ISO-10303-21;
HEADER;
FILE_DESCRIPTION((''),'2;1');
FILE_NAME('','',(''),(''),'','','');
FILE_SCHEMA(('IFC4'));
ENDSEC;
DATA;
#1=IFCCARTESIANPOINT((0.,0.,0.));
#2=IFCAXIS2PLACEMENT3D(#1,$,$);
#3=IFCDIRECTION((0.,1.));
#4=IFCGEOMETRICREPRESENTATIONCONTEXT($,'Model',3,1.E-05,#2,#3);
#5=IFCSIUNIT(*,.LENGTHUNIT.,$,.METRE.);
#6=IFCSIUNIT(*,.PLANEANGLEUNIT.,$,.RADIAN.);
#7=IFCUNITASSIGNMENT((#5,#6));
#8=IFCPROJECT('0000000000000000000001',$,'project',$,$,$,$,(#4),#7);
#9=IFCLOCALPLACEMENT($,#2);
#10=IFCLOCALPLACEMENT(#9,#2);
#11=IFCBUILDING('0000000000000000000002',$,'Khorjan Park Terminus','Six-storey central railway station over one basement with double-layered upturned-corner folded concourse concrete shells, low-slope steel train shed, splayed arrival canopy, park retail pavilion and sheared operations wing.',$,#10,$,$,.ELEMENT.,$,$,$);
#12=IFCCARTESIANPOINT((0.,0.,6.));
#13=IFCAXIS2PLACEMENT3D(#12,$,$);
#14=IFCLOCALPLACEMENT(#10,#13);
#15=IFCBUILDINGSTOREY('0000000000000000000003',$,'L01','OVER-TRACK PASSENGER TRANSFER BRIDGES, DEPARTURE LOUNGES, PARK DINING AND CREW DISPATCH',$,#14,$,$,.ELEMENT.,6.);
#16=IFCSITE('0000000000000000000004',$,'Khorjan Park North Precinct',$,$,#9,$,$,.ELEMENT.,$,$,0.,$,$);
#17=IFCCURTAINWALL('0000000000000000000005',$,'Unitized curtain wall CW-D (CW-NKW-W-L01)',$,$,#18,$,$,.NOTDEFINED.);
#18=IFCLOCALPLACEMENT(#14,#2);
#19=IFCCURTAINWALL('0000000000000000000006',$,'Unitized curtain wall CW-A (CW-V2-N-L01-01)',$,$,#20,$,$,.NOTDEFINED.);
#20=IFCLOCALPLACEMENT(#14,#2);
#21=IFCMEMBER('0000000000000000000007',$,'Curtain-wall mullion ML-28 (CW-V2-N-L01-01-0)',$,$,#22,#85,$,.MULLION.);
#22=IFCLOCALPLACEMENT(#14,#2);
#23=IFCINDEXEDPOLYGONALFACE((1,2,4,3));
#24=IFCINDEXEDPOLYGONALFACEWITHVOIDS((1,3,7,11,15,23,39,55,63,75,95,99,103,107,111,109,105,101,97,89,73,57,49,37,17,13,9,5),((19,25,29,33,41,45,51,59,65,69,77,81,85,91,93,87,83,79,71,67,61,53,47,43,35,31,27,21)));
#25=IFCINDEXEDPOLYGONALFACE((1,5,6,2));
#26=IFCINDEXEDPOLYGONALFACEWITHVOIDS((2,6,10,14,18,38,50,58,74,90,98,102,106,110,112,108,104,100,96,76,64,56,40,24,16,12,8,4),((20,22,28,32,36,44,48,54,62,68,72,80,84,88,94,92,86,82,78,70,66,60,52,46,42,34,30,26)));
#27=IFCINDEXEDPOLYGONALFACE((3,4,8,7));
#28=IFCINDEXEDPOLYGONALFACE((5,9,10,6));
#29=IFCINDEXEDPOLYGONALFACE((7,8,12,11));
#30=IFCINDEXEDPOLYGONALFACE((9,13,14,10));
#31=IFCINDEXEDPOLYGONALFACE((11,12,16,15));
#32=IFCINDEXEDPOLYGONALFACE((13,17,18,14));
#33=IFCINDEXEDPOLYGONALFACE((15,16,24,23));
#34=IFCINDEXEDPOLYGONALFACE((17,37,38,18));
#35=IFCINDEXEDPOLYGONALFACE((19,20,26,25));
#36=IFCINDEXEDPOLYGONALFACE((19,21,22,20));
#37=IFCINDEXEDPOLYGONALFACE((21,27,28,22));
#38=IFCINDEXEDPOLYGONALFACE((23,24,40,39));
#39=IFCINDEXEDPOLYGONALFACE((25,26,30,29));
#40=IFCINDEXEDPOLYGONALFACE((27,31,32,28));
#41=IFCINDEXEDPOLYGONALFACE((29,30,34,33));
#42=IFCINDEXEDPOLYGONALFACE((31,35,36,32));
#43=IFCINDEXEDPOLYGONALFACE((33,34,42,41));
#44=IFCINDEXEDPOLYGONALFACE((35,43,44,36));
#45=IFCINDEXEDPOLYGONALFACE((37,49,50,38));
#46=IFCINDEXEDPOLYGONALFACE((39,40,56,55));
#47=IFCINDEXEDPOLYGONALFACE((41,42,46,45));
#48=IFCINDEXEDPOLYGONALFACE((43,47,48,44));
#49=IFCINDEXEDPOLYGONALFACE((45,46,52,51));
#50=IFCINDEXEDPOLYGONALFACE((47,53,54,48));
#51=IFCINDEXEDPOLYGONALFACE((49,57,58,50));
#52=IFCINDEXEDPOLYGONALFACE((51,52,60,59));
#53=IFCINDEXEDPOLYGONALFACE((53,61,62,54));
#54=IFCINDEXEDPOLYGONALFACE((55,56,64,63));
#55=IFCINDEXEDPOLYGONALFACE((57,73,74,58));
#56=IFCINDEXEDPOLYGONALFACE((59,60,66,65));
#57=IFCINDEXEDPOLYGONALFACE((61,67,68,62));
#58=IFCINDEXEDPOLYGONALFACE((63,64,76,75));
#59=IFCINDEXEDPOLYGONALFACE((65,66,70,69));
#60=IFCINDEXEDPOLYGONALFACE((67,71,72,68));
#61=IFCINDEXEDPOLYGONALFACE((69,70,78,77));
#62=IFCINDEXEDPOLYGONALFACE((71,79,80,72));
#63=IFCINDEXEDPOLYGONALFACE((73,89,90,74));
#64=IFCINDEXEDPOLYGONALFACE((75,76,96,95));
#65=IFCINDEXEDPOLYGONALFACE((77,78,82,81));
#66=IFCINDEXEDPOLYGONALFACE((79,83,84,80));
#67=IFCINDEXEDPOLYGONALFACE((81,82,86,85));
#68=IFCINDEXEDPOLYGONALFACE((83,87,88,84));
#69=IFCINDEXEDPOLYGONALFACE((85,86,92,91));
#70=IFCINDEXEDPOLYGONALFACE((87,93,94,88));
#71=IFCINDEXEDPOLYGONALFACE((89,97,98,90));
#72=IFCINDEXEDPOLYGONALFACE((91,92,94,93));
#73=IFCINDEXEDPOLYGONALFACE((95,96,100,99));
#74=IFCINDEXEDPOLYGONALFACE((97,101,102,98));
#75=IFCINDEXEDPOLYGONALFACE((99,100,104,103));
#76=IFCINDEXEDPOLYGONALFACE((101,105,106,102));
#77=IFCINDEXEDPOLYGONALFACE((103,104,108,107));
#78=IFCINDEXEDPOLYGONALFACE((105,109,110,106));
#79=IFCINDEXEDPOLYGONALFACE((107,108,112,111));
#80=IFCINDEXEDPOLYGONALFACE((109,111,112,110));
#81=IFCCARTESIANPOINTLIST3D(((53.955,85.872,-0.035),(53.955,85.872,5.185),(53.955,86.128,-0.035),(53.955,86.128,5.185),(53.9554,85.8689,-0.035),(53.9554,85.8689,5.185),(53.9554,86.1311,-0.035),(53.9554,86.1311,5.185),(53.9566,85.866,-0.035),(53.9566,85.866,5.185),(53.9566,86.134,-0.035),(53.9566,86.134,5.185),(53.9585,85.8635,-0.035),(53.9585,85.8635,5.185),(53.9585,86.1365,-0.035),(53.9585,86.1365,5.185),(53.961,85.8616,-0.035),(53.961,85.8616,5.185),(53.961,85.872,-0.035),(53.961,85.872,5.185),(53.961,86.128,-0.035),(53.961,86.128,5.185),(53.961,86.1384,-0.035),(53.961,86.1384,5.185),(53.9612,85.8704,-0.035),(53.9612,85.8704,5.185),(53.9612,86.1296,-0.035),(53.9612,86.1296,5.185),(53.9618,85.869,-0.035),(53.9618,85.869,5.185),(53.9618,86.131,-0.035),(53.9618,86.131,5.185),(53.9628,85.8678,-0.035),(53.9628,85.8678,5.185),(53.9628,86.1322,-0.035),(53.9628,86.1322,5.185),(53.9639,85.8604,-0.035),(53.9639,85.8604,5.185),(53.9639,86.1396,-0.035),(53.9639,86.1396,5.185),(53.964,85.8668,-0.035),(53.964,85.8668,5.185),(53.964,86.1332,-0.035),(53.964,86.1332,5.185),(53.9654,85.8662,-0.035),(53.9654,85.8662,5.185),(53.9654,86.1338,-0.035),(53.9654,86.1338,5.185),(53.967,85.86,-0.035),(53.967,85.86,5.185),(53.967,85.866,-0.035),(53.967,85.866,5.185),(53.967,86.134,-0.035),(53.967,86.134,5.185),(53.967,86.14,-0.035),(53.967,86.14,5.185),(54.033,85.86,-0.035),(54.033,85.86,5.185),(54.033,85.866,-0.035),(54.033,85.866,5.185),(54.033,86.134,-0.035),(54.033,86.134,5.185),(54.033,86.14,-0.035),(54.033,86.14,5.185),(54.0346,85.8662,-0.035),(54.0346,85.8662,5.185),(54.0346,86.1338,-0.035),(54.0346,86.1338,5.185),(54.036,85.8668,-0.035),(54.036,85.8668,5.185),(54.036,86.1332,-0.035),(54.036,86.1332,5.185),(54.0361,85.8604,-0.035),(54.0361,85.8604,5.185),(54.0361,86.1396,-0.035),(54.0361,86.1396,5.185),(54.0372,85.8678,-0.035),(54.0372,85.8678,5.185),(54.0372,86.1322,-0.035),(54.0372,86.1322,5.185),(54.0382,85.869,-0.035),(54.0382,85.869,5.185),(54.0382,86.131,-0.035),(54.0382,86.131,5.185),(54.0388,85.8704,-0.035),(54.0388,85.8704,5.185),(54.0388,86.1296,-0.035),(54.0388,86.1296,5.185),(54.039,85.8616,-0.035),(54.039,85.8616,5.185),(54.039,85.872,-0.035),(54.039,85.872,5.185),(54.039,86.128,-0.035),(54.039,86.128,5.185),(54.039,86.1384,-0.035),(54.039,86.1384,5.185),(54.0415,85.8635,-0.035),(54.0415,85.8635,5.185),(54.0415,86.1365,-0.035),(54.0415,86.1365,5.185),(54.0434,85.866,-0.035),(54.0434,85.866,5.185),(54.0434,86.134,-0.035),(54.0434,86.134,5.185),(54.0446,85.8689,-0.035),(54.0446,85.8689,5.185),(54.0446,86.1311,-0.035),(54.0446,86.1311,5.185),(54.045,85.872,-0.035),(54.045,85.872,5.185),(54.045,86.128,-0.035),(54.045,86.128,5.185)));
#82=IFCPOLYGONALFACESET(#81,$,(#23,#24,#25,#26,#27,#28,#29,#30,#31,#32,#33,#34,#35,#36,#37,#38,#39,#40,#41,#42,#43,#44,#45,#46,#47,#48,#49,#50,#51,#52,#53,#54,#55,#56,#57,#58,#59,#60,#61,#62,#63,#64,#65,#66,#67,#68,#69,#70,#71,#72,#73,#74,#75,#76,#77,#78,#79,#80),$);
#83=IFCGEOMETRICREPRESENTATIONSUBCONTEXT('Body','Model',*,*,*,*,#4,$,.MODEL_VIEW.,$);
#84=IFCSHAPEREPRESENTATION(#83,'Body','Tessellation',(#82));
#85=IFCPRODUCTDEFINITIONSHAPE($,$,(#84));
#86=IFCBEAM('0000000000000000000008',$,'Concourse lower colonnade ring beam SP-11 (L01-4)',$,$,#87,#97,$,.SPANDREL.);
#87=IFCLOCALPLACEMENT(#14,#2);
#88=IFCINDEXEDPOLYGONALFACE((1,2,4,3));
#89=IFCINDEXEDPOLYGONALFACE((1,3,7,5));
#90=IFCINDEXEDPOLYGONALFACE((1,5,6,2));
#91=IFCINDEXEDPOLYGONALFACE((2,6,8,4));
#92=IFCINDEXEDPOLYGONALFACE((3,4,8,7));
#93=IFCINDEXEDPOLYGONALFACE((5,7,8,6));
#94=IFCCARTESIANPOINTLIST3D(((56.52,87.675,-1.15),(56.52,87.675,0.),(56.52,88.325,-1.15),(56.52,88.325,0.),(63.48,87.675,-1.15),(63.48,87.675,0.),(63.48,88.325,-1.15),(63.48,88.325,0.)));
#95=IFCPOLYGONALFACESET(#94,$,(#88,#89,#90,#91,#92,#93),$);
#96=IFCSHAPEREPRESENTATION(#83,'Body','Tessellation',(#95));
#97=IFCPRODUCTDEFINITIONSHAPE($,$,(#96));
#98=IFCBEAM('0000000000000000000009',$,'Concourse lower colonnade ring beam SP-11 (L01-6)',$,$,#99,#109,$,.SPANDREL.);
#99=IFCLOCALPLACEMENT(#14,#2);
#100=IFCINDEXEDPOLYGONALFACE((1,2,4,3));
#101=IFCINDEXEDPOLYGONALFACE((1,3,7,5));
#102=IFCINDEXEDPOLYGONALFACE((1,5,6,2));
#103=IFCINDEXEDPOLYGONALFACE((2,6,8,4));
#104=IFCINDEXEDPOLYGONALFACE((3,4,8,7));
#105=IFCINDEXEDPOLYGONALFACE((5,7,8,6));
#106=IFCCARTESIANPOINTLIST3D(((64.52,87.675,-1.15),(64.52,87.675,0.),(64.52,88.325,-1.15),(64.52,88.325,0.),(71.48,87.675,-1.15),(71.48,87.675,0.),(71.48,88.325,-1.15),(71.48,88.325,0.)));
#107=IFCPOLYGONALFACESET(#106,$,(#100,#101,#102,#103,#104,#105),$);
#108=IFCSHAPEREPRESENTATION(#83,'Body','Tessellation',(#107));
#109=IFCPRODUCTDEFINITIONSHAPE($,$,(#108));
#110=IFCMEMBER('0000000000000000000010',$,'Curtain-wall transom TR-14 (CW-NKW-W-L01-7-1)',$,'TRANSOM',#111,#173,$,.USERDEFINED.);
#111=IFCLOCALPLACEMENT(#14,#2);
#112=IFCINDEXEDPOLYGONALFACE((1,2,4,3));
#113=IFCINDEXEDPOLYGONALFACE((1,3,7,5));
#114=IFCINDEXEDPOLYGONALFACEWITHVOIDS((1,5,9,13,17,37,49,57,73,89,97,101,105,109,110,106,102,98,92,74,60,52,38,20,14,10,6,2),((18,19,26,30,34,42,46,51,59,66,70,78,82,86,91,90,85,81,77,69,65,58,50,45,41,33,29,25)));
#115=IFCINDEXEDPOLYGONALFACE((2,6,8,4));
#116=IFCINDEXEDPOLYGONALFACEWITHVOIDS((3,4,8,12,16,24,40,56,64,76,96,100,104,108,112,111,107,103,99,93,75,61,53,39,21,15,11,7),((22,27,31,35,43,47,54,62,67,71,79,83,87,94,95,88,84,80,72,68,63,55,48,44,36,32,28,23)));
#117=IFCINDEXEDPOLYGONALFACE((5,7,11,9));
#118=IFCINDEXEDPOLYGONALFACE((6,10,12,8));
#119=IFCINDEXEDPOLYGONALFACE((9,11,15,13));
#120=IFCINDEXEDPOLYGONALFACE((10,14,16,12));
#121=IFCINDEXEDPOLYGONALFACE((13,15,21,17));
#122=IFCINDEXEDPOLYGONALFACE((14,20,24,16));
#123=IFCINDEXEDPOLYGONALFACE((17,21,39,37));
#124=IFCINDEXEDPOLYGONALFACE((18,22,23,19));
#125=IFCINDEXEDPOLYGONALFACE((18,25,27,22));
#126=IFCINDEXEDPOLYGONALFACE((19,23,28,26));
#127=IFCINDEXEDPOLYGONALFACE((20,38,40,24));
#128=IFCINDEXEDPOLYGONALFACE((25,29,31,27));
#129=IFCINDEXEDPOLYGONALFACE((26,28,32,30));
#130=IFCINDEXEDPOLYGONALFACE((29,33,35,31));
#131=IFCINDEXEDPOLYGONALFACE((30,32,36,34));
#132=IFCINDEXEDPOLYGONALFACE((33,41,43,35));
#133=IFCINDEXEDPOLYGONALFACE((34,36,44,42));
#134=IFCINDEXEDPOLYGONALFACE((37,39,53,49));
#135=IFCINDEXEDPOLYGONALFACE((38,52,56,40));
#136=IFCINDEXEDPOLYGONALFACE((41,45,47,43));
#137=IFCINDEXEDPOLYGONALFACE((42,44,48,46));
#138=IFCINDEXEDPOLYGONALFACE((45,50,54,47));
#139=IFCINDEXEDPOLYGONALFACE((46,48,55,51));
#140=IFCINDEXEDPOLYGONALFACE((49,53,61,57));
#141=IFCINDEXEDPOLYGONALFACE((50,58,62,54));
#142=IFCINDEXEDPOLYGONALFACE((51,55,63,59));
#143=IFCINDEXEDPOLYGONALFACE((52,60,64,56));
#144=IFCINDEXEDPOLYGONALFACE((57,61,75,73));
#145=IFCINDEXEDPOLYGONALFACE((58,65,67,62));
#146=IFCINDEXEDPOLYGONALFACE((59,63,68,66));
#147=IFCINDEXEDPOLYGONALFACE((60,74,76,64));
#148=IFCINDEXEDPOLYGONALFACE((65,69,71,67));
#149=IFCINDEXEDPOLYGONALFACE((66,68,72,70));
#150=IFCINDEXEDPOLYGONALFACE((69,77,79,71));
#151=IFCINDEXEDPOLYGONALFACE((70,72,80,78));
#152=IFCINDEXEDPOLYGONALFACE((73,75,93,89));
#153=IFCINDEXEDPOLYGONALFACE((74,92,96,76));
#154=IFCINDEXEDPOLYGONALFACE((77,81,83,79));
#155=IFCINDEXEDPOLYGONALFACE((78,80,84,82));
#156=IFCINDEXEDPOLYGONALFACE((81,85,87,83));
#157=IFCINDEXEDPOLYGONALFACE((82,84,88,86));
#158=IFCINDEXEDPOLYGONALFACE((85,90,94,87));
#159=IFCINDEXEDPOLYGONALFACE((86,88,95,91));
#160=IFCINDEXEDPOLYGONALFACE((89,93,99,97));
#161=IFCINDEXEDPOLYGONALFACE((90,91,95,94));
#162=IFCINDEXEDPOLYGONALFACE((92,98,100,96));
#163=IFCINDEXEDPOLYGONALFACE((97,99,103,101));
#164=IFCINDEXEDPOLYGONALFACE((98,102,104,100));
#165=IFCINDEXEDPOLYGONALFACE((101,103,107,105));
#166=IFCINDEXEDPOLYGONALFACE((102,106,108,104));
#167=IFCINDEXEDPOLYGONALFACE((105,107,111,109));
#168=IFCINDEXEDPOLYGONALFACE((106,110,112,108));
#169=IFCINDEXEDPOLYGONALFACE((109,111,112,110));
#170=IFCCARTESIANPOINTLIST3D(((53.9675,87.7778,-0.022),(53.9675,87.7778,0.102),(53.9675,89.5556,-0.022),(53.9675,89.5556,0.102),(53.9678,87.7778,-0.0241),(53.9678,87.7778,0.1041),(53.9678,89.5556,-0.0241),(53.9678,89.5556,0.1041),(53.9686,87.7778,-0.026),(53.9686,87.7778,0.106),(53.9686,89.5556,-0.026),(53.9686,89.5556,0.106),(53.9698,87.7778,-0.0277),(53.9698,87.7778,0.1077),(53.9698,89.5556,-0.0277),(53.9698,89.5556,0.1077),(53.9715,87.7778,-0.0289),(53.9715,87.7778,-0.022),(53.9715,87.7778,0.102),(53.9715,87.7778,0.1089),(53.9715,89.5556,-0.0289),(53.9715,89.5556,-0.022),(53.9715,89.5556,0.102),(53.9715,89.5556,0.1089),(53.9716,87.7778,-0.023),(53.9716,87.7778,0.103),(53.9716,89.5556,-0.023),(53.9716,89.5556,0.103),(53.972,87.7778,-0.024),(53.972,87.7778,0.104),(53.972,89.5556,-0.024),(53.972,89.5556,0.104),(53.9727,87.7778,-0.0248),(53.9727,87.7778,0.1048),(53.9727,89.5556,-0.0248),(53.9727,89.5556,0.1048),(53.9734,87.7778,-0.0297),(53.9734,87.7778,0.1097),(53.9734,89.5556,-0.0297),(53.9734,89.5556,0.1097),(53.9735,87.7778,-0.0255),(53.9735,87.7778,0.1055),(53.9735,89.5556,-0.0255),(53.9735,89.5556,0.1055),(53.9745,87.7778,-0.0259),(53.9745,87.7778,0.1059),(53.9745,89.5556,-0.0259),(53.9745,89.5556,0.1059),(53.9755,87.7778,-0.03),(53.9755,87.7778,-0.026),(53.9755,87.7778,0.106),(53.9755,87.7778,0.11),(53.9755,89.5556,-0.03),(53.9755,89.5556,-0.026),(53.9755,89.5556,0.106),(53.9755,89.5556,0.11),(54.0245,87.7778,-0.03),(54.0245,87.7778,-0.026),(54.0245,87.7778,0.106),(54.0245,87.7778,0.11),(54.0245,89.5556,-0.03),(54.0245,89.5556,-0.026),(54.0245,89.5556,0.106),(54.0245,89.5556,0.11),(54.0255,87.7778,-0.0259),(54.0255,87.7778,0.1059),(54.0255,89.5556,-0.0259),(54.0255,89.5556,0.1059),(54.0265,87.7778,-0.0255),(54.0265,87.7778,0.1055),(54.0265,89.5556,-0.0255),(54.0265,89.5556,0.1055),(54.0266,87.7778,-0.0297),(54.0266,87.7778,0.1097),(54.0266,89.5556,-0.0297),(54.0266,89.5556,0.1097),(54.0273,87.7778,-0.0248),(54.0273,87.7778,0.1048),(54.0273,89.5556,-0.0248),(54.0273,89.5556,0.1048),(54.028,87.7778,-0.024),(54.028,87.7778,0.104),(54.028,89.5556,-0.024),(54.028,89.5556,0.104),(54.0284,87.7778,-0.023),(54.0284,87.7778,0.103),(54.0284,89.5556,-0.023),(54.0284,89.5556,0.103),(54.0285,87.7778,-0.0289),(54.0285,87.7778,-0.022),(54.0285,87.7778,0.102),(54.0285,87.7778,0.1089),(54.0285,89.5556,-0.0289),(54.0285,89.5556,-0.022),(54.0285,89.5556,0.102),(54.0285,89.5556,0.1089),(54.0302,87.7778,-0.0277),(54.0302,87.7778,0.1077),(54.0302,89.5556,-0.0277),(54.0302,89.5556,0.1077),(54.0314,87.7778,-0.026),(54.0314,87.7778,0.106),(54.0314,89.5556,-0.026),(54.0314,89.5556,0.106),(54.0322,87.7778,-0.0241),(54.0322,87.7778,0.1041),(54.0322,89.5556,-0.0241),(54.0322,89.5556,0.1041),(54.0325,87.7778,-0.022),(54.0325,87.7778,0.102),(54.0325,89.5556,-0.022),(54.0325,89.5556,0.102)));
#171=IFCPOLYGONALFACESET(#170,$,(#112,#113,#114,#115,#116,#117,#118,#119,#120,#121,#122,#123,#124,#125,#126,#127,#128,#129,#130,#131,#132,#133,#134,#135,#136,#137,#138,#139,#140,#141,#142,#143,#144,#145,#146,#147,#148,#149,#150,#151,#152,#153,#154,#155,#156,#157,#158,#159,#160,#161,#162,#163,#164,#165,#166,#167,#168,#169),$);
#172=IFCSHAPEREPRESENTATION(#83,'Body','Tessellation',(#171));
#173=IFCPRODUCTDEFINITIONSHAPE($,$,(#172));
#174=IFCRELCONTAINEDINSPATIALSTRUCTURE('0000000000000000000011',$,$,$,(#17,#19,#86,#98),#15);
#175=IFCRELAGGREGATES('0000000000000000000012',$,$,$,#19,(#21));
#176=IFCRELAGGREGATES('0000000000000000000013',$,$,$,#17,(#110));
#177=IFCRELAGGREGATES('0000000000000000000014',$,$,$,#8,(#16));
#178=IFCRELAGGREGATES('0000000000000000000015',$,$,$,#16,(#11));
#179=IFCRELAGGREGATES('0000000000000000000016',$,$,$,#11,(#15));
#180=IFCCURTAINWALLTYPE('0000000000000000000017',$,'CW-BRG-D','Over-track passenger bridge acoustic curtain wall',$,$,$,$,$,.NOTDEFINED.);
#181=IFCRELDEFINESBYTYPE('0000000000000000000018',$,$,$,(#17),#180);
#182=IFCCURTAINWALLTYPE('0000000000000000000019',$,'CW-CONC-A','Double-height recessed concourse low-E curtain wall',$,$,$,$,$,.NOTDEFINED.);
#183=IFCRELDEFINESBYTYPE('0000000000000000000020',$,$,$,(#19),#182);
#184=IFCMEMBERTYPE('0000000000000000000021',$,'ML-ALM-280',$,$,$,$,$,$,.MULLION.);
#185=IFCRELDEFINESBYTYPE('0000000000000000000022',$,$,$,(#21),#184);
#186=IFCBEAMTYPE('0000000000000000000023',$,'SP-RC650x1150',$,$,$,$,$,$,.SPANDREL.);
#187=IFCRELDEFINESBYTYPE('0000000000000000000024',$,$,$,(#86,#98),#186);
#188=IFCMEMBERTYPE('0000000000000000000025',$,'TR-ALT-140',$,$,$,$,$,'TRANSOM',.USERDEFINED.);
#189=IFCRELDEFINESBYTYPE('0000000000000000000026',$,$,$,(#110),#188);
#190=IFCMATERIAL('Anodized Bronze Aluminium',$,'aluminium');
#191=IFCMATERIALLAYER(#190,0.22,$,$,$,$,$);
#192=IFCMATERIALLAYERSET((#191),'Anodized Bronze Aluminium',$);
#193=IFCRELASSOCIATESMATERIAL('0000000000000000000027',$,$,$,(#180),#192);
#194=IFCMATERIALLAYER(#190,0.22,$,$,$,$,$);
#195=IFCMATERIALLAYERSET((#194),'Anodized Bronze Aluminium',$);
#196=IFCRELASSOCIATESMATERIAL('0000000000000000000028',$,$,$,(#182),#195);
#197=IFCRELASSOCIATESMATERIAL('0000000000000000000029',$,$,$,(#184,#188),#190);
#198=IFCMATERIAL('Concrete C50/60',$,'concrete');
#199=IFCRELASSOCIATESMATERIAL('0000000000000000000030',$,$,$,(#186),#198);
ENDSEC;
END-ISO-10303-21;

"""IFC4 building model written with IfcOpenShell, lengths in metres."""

from ifc_helpers import new_model, si_unit, direction, frame, origin, origin_2d, place, context, subcontext, project, spatial, rectangle, hollow_rectangle, extrude, material, layer, layer_set, material_profile, profile_set, type_object, element, aggregate, save


model = new_model("IFC4")

# Units and contexts
model_context = context("Model", 3, precision=1e-05, world=origin(), true_north=direction((0.0, 1.0)))
body_context = subcontext(model_context, "Body", "Model", "MODEL_VIEW")
ifc_project = project(units=[si_unit("LENGTHUNIT", "METRE"), si_unit("PLANEANGLEUNIT", "RADIAN")], contexts=[model_context])

# Site, building, storey
site_placement = place(None, origin())
site = spatial("IfcSite", under=ifc_project, at=site_placement, Name="Khorjan Park North Precinct", CompositionType="ELEMENT", RefElevation=0.0)
building_placement = place(site_placement, origin())
building = spatial("IfcBuilding", under=site, at=building_placement, Name="Khorjan Park Terminus", Description="Six-storey central railway station over one basement with double-layered upturned-corner folded concourse concrete shells, low-slope steel train shed, splayed arrival canopy, park retail pavilion and sheared operations wing.", CompositionType="ELEMENT")
storey_placement = place(building_placement, frame((0.0, 0.0, 6.0)))
storey = spatial("IfcBuildingStorey", under=building, at=storey_placement, Name="L01", Description="OVER-TRACK PASSENGER TRANSFER BRIDGES, DEPARTURE LOUNGES, PARK DINING AND CREW DISPATCH", CompositionType="ELEMENT", Elevation=6.0)

# Shared definitions
ifc_material_1 = material(Name="Concrete C50/60", Category="concrete")

# Curtain wall
ifc_material_2 = material(Name="Anodized Bronze Aluminium", Category="aluminium")
ifc_layer_1 = layer(ifc_material_2, 0.22)
ifc_layer_set_1 = layer_set([ifc_layer_1], Name="Anodized Bronze Aluminium")
curtain_wall_type_1 = type_object("IfcCurtainWallType", Name="CW-BRG-D", Description="Over-track passenger bridge acoustic curtain wall", PredefinedType="NOTDEFINED", material=ifc_layer_set_1)
curtain_wall_1_placement = place(storey_placement, origin())
curtain_wall_1 = element("IfcCurtainWall", 1, at=curtain_wall_1_placement, inside=storey, type_object=curtain_wall_type_1, Name="Unitized curtain wall CW-D (CW-NKW-W-L01)", PredefinedType="NOTDEFINED")

# Curtain wall, member
ifc_layer_2 = layer(ifc_material_2, 0.22)
ifc_layer_set_2 = layer_set([ifc_layer_2], Name="Anodized Bronze Aluminium")
curtain_wall_type_2 = type_object("IfcCurtainWallType", Name="CW-CONC-A", Description="Double-height recessed concourse low-E curtain wall", PredefinedType="NOTDEFINED", material=ifc_layer_set_2)
curtain_wall_2_placement = place(storey_placement, origin())
curtain_wall_2 = element("IfcCurtainWall", 2, at=curtain_wall_2_placement, inside=storey, type_object=curtain_wall_type_2, Name="Unitized curtain wall CW-A (CW-V2-N-L01-01)", PredefinedType="NOTDEFINED")
ifc_material_profile_1 = material_profile(ifc_material_2, hollow_rectangle(XDim=0.09, YDim=0.28, WallThickness=0.006, InnerFilletRadius=0.006, OuterFilletRadius=0.012, at=origin_2d()), Name="ALM 90x280x6")
ifc_profile_set_1 = profile_set([ifc_material_profile_1], Name="Anodized Bronze Aluminium")
member_type_1 = type_object("IfcMemberType", Name="ML-ALM-280", PredefinedType="MULLION", material=ifc_profile_set_1)
member_1_placement = place(storey_placement, frame((54.0, 86.0, -0.035), z_axis=(0.0, 0.0, 1.0), x_axis=(-1.0, 0.0, 0.0)))
member_1 = element("IfcMember", 3, at=member_1_placement, type_object=member_type_1, Name="Curtain-wall mullion ML-28 (CW-V2-N-L01-01-0)", PredefinedType="MULLION", context=body_context, shape_type="SweptSolid", body=[
    extrude(hollow_rectangle(XDim=0.09, YDim=0.28, WallThickness=0.006, InnerFilletRadius=0.006, OuterFilletRadius=0.012, at=origin_2d()), origin(), (0.0, 0.0, 1.0), 5.22),
])

# Beams
ifc_material_profile_2 = material_profile(ifc_material_1, rectangle(XDim=0.65, YDim=1.15, at=origin_2d()), Name="RC 650x1150")
ifc_profile_set_2 = profile_set([ifc_material_profile_2], Name="Concrete C50/60")
beam_type_1 = type_object("IfcBeamType", Name="SP-RC650x1150", PredefinedType="SPANDREL", material=ifc_profile_set_2)
for number, where, z_axis, x_axis, name in (
    (4, (56.52, 88.0, -0.575), (1.0, 0.0, 0.0), (0.0, 1.0, 0.0), "Concourse lower colonnade ring beam SP-11 (L01-4)"),
    (5, (64.52, 88.0, -0.575), (1.0, 0.0, 0.0), (0.0, 1.0, 0.0), "Concourse lower colonnade ring beam SP-11 (L01-6)"),
):
    element("IfcBeam", number, at=place(storey_placement, frame(where, z_axis=z_axis, x_axis=x_axis)), inside=storey, type_object=beam_type_1, Name=name, PredefinedType="SPANDREL", context=body_context, shape_type="SweptSolid", body=[
        extrude(rectangle(XDim=0.65, YDim=1.15, at=origin_2d()), origin(), (0.0, 0.0, 1.0), 6.96),
    ])

# Member
ifc_material_profile_3 = material_profile(ifc_material_2, hollow_rectangle(XDim=0.065, YDim=0.14, WallThickness=0.004, InnerFilletRadius=0.004, OuterFilletRadius=0.008, at=origin_2d()), Name="ALT 65x140x4")
ifc_profile_set_3 = profile_set([ifc_material_profile_3], Name="Anodized Bronze Aluminium")
member_type_2 = type_object("IfcMemberType", Name="TR-ALT-140", ElementType="TRANSOM", PredefinedType="USERDEFINED", material=ifc_profile_set_3)
member_2_placement = place(storey_placement, frame((54.0, 89.5556, 0.04), z_axis=(0.0, -1.0, 0.0), x_axis=(1.0, 0.0, 0.0)))
member_2 = element("IfcMember", 6, at=member_2_placement, type_object=member_type_2, Name="Curtain-wall transom TR-14 (CW-NKW-W-L01-7-1)", ObjectType="TRANSOM", PredefinedType="USERDEFINED", context=body_context, shape_type="SweptSolid", body=[
    extrude(hollow_rectangle(XDim=0.065, YDim=0.14, WallThickness=0.004, InnerFilletRadius=0.004, OuterFilletRadius=0.008, at=origin_2d()), origin(), (0.0, 0.0, 1.0), 1.7778),
])

aggregate(curtain_wall_2, [member_1])
aggregate(curtain_wall_1, [member_2])

save(model, "model.ifc")
